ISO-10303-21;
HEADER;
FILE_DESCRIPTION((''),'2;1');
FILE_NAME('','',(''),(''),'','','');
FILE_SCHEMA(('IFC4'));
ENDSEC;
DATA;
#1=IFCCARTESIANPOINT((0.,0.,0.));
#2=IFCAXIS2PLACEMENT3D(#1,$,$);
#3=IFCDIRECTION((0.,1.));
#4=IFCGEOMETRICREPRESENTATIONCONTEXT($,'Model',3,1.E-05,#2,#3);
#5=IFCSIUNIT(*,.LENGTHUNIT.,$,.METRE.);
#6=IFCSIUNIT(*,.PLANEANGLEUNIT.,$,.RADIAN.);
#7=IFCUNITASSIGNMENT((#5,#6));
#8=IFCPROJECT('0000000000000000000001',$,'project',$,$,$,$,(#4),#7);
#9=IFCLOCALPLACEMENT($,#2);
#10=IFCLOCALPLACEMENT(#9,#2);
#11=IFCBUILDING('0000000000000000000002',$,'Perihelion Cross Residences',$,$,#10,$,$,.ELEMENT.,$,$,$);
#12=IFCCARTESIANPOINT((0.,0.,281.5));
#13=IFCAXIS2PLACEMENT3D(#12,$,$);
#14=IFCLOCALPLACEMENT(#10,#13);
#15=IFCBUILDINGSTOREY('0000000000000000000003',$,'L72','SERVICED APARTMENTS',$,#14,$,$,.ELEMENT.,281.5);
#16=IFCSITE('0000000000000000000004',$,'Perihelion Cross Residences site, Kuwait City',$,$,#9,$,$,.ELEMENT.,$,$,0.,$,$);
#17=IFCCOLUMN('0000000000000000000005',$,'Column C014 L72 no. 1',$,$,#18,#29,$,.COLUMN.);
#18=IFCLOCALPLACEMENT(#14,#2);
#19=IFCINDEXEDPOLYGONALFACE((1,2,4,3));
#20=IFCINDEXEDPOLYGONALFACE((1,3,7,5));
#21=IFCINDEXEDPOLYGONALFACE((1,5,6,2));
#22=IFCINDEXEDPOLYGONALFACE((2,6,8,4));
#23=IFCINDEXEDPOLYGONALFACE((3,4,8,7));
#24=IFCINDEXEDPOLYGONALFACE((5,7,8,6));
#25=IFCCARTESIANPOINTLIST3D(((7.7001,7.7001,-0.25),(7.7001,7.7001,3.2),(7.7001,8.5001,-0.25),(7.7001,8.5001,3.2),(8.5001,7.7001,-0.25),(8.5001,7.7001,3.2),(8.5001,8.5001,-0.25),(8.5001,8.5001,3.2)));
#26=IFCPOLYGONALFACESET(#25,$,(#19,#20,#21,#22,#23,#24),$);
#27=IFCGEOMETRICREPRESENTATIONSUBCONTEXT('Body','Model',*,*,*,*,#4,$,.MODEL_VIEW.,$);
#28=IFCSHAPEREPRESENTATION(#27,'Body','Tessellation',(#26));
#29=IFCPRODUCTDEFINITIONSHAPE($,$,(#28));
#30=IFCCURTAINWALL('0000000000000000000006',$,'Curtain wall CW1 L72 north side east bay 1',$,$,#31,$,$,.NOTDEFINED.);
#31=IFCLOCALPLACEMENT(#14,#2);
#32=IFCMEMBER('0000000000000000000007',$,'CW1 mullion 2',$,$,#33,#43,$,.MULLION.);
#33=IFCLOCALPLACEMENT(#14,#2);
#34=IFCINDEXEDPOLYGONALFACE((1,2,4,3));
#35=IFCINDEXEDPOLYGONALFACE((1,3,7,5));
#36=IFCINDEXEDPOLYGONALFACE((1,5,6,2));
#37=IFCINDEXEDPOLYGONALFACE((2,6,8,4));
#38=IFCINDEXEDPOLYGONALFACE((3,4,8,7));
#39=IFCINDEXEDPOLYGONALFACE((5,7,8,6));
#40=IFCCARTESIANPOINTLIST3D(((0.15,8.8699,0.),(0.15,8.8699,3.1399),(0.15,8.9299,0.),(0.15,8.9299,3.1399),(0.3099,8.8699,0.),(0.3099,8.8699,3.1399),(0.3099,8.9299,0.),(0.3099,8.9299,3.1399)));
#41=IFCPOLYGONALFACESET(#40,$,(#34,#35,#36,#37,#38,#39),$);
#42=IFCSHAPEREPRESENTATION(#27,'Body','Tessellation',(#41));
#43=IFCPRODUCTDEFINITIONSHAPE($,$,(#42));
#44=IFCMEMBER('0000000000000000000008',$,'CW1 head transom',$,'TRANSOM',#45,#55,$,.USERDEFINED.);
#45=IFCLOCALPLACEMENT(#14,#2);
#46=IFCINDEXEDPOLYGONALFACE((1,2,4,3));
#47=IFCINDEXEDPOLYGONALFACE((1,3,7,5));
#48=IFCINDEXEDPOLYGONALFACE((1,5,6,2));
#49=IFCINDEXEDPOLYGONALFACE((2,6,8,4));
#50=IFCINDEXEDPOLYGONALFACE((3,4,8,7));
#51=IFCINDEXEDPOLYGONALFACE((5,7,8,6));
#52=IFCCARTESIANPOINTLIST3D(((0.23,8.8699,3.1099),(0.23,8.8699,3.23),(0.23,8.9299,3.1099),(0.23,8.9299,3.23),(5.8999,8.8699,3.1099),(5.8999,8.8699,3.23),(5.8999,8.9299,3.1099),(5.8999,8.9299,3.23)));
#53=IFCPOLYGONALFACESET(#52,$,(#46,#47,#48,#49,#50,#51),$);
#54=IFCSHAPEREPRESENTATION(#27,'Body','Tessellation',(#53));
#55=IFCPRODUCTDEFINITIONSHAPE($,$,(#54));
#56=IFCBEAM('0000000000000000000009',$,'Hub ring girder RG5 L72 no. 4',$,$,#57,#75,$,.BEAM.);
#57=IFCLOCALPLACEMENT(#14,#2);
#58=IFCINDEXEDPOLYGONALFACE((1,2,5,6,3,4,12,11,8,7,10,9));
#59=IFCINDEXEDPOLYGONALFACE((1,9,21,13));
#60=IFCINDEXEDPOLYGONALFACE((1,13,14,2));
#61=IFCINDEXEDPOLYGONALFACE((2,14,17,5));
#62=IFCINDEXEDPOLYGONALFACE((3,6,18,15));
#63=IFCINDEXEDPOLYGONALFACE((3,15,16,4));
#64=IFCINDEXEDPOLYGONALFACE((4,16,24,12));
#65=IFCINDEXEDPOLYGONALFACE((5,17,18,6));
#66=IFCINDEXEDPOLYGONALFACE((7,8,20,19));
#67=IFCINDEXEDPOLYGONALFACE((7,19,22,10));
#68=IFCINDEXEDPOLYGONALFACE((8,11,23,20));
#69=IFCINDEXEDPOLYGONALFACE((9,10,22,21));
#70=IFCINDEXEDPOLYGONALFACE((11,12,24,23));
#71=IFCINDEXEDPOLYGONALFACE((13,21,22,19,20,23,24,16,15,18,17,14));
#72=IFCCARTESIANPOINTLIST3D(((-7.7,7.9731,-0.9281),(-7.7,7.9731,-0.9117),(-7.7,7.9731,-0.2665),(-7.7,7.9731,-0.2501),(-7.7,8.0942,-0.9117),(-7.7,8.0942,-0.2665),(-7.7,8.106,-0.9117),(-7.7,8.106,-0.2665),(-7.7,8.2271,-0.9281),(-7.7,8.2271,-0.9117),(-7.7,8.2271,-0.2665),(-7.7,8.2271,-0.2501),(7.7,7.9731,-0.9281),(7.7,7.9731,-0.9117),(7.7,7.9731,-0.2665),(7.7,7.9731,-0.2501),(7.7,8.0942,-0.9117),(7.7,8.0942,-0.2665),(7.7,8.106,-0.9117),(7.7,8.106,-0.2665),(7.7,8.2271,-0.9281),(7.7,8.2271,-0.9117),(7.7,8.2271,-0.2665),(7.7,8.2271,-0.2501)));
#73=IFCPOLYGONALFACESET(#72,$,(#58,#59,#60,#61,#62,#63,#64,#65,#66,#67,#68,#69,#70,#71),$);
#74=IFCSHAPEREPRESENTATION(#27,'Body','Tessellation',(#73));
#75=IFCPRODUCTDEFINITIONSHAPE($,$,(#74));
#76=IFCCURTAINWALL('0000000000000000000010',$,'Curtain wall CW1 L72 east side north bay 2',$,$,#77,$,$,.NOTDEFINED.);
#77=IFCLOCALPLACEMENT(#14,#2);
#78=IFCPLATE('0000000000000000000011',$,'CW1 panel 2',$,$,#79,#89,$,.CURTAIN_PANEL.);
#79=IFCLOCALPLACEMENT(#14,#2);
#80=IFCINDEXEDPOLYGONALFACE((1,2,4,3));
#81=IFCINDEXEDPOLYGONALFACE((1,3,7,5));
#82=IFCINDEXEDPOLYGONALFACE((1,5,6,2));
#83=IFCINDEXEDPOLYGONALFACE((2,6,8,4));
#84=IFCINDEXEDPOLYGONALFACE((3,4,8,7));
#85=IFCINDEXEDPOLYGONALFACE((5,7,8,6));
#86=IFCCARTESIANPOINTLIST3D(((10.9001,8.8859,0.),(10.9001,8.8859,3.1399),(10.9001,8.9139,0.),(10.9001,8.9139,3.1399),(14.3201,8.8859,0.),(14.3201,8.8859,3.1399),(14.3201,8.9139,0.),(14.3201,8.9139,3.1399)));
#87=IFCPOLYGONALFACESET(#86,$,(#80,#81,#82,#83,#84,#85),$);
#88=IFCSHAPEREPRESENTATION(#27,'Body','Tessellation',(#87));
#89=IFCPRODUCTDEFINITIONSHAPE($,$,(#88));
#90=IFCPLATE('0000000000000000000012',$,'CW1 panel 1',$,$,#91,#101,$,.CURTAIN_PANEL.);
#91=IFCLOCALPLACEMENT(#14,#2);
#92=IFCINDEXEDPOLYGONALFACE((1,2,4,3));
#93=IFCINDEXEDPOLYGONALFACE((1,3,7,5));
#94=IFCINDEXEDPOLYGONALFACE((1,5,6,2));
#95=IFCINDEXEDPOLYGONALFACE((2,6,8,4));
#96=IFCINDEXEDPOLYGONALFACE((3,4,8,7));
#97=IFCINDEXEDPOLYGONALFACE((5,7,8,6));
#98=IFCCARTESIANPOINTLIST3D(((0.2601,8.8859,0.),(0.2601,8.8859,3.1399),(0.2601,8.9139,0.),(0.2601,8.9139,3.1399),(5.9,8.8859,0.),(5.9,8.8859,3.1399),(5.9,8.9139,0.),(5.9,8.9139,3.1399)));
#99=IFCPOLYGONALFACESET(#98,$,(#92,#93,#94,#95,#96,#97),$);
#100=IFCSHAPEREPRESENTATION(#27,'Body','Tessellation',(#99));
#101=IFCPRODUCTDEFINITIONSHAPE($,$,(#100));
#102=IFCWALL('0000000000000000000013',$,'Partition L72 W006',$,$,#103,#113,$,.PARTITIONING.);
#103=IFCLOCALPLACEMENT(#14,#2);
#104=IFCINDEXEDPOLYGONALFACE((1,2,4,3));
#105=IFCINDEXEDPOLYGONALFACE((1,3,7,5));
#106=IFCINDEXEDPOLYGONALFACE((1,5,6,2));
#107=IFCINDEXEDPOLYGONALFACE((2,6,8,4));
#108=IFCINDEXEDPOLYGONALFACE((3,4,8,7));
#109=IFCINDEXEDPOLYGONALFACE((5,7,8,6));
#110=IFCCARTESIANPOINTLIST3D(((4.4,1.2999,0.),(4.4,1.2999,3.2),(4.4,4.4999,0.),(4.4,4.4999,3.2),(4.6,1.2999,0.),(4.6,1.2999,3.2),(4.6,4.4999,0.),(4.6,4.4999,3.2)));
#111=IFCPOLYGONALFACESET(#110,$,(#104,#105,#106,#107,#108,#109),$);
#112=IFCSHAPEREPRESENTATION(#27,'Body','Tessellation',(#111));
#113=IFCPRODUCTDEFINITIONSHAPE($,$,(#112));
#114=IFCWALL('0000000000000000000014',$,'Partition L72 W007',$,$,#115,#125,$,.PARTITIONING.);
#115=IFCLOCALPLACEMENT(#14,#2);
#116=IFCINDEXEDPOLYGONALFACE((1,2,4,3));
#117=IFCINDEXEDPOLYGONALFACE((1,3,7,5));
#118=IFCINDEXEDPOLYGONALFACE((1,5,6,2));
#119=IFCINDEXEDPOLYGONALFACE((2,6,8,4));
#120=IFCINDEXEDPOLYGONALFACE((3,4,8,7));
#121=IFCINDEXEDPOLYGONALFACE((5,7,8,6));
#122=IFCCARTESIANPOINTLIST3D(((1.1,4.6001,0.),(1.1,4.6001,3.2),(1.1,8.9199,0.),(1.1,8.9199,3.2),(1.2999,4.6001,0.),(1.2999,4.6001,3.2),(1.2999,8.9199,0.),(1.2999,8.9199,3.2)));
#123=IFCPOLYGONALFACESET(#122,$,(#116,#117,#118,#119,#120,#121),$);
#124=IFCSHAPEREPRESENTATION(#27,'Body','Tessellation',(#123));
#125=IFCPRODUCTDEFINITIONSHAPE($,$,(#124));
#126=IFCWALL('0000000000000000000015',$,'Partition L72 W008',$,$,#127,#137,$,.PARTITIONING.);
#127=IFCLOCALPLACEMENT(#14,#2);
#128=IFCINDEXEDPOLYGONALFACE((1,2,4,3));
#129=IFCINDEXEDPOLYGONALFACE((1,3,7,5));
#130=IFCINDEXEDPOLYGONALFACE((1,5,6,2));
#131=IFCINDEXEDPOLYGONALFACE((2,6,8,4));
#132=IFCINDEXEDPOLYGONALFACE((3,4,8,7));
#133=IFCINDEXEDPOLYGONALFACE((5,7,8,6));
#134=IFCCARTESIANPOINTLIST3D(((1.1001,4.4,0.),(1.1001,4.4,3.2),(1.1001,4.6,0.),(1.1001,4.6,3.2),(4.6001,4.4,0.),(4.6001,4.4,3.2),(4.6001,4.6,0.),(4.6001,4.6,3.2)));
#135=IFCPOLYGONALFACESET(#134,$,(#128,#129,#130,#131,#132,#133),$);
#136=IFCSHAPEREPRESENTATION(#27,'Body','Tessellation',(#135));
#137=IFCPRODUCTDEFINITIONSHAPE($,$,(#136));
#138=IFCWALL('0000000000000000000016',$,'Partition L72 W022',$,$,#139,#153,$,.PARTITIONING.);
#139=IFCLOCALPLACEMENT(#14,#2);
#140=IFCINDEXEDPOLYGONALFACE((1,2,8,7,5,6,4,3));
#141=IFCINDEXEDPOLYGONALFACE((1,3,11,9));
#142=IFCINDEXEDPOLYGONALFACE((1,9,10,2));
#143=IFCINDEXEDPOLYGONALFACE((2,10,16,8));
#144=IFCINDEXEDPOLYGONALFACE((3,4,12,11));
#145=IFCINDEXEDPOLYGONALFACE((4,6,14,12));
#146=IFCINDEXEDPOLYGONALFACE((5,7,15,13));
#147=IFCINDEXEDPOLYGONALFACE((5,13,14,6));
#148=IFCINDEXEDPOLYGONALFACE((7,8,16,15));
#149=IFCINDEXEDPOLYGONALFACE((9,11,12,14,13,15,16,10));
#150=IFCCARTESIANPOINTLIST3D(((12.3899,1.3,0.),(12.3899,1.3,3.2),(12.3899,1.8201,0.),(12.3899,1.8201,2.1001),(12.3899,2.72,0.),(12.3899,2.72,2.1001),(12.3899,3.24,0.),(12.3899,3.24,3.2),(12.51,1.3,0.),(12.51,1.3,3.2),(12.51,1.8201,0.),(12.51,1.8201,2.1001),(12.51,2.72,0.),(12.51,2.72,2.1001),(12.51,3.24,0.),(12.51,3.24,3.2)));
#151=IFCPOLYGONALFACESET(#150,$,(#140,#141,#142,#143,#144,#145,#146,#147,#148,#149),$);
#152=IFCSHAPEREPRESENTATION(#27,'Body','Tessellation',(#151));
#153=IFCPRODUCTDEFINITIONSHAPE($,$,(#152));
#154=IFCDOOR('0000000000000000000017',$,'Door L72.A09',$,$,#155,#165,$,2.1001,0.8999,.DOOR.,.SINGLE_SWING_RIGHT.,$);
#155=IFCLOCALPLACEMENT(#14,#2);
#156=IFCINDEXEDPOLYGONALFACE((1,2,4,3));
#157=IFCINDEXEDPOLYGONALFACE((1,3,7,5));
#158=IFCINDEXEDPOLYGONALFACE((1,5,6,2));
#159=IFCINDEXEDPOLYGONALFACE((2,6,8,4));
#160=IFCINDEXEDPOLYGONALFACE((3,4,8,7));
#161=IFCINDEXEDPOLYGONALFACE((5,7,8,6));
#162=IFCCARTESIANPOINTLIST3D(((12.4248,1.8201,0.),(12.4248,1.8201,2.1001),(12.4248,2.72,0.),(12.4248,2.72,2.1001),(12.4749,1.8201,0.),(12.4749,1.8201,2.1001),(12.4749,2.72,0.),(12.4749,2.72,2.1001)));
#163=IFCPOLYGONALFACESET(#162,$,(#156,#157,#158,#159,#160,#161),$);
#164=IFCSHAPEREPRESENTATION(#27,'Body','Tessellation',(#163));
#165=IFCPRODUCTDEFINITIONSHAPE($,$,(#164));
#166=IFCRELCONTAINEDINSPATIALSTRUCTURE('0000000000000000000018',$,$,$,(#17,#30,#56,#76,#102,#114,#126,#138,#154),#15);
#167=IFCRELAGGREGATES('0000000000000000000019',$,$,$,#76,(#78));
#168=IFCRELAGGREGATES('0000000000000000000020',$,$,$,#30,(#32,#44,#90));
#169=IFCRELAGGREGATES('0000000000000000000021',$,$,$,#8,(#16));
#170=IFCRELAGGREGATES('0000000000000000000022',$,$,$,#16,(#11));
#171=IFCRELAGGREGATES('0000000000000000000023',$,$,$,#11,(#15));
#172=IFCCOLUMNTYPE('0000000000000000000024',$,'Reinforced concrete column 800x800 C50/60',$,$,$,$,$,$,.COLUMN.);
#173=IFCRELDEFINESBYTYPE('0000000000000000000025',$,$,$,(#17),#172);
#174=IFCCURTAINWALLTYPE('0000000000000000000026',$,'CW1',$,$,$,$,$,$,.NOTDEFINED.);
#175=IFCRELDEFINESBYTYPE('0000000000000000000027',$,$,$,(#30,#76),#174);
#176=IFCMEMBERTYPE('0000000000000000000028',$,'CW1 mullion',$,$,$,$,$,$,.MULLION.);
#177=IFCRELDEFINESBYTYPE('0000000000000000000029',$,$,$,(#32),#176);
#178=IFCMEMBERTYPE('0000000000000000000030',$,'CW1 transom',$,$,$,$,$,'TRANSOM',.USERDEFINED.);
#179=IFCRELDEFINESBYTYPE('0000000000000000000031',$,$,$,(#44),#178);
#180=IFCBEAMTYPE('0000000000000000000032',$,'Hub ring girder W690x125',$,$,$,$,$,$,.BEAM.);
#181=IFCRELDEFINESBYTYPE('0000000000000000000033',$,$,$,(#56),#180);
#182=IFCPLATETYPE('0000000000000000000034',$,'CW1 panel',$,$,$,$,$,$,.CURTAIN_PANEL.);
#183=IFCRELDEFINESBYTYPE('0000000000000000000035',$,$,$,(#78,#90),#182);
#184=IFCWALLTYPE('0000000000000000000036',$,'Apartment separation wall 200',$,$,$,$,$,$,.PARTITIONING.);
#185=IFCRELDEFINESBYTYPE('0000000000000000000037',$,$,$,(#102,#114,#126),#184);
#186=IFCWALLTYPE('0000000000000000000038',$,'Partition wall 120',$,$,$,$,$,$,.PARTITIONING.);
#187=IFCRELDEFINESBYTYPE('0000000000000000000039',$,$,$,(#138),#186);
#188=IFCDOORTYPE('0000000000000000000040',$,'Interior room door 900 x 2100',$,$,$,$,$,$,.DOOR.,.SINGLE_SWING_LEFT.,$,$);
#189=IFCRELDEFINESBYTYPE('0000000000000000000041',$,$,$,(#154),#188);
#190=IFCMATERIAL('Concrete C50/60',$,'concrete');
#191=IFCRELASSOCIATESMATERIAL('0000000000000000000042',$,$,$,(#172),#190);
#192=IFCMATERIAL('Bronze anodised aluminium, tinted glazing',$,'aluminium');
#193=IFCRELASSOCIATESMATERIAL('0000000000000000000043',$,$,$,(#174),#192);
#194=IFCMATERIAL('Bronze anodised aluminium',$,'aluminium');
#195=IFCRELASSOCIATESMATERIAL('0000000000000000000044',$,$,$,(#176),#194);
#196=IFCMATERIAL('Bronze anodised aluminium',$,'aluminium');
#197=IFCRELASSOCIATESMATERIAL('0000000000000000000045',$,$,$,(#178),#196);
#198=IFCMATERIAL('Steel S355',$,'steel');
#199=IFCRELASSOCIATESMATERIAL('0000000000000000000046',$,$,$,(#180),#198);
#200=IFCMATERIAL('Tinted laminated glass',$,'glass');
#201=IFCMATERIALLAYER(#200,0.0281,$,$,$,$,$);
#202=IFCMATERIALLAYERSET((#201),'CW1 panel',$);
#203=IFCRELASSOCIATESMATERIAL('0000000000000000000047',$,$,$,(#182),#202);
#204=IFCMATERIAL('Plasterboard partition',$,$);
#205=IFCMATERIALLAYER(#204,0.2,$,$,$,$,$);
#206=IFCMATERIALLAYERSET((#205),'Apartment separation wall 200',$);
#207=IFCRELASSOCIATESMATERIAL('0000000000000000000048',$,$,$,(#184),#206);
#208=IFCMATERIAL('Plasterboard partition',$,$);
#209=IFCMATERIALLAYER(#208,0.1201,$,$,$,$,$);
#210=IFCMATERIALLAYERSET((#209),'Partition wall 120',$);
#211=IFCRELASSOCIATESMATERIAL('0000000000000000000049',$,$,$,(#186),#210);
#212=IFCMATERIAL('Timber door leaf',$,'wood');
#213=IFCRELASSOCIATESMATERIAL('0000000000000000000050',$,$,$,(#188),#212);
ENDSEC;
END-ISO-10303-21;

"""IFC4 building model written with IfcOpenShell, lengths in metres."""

from ifc_helpers import new_model, si_unit, direction, frame, frame_2d, origin, origin_2d, place, context, subcontext, project, spatial, rectangle, i_section, extrude, material, layer, layer_set, material_profile, profile_set, type_object, element, fill, aggregate, save


model = new_model("IFC4")

# Units and contexts
model_context = context("Model", 3, precision=1e-05, world=origin(), true_north=direction((0.0, 1.0)))
body_context = subcontext(model_context, "Body", "Model", "MODEL_VIEW")
ifc_project = project(units=[si_unit("LENGTHUNIT", "METRE"), si_unit("PLANEANGLEUNIT", "RADIAN")], contexts=[model_context])

# Site, building, storey
site_placement = place(None, origin())
site = spatial("IfcSite", under=ifc_project, at=site_placement, Name="Perihelion Cross Residences site, Kuwait City", CompositionType="ELEMENT", RefElevation=0.0)
building_placement = place(site_placement, origin())
building = spatial("IfcBuilding", under=site, at=building_placement, Name="Perihelion Cross Residences", CompositionType="ELEMENT")
storey_placement = place(building_placement, frame((0.0, 0.0, 281.5)))
storey = spatial("IfcBuildingStorey", under=building, at=storey_placement, Name="L72", Description="SERVICED APARTMENTS", CompositionType="ELEMENT", Elevation=281.5)

# Column
ifc_material_1 = material(Name="Concrete C50/60", Category="concrete")
ifc_material_profile_1 = material_profile(ifc_material_1, rectangle(XDim=0.8, YDim=0.8, at=origin_2d()), Name="RC 800x800")
ifc_profile_set_1 = profile_set([ifc_material_profile_1], Name="Concrete C50/60")
column_type = type_object("IfcColumnType", Name="Reinforced concrete column 800x800 C50/60", PredefinedType="COLUMN", material=ifc_profile_set_1)
column_placement = place(storey_placement, frame((8.1001, 8.1001, -0.25), z_axis=(0.0, 0.0, 1.0), x_axis=(1.0, 0.0, 0.0)))
element("IfcColumn", 1, at=column_placement, inside=storey, type_object=column_type, Name="Column C014 L72 no. 1", PredefinedType="COLUMN", context=body_context, shape_type="SweptSolid", body=[
    extrude(rectangle(XDim=0.8, YDim=0.8, at=origin_2d()), origin(), (0.0, 0.0, 1.0), 3.45),
])

# Curtain wall, members
ifc_material_2 = material(Name="Bronze anodised aluminium, tinted glazing", Category="aluminium")
curtain_wall_type = type_object("IfcCurtainWallType", Name="CW1", PredefinedType="NOTDEFINED", material=ifc_material_2)
curtain_wall_1_placement = place(storey_placement, origin())
curtain_wall_1 = element("IfcCurtainWall", 2, at=curtain_wall_1_placement, inside=storey, type_object=curtain_wall_type, Name="Curtain wall CW1 L72 north side east bay 1", PredefinedType="NOTDEFINED")
ifc_material_3 = material(Name="Bronze anodised aluminium", Category="aluminium")
ifc_material_profile_2 = material_profile(ifc_material_3, rectangle(XDim=0.0601, YDim=0.1599, at=origin_2d()), Name="CW1 mullion")
ifc_profile_set_2 = profile_set([ifc_material_profile_2], Name="Bronze anodised aluminium")
member_type_1 = type_object("IfcMemberType", Name="CW1 mullion", PredefinedType="MULLION", material=ifc_profile_set_2)
member_1_placement = place(storey_placement, frame((0.23, 8.8999, 0.0), z_axis=(0.0, 0.0, 1.0), x_axis=(0.0, -1.0, 0.0)))
member_1 = element("IfcMember", 3, at=member_1_placement, type_object=member_type_1, Name="CW1 mullion 2", PredefinedType="MULLION", context=body_context, shape_type="SweptSolid", body=[
    extrude(rectangle(XDim=0.0601, YDim=0.1599, at=origin_2d()), origin(), (0.0, 0.0, 1.0), 3.1399),
])
ifc_material_4 = material(Name="Bronze anodised aluminium", Category="aluminium")
ifc_material_profile_3 = material_profile(ifc_material_4, rectangle(XDim=0.0601, YDim=0.1201, at=origin_2d()), Name="CW1 transom")
ifc_profile_set_3 = profile_set([ifc_material_profile_3], Name="Bronze anodised aluminium")
member_type_2 = type_object("IfcMemberType", Name="CW1 transom", ElementType="TRANSOM", PredefinedType="USERDEFINED", material=ifc_profile_set_3)
member_2_placement = place(storey_placement, frame((5.8999, 8.8999, 3.1699), z_axis=(-1.0, 0.0, 0.0), x_axis=(0.0, -1.0, 0.0)))
member_2 = element("IfcMember", 4, at=member_2_placement, type_object=member_type_2, Name="CW1 head transom", ObjectType="TRANSOM", PredefinedType="USERDEFINED", context=body_context, shape_type="SweptSolid", body=[
    extrude(rectangle(XDim=0.0601, YDim=0.1201, at=origin_2d()), origin(), (0.0, 0.0, 1.0), 5.6699),
])

# Beam
ifc_material_5 = material(Name="Steel S355", Category="steel")
ifc_material_profile_4 = material_profile(ifc_material_5, i_section(OverallWidth=0.2539, OverallDepth=0.678, WebThickness=0.0117, FlangeThickness=0.0164, at=origin_2d()), Name="W690x125")
ifc_profile_set_4 = profile_set([ifc_material_profile_4], Name="Steel S355")
beam_type = type_object("IfcBeamType", Name="Hub ring girder W690x125", PredefinedType="BEAM", material=ifc_profile_set_4)
beam_placement = place(storey_placement, frame((7.7, 8.1001, -0.5891), z_axis=(-1.0, 0.0, 0.0), x_axis=(0.0, -1.0, 0.0)))
element("IfcBeam", 5, at=beam_placement, inside=storey, type_object=beam_type, Name="Hub ring girder RG5 L72 no. 4", PredefinedType="BEAM", context=body_context, shape_type="SweptSolid", body=[
    extrude(i_section(OverallWidth=0.2539, OverallDepth=0.678, WebThickness=0.0117, FlangeThickness=0.0164, at=origin_2d()), origin(), (0.0, 0.0, 1.0), 15.3999),
])

# Curtain wall, plate
curtain_wall_2_placement = place(storey_placement, origin())
curtain_wall_2 = element("IfcCurtainWall", 6, at=curtain_wall_2_placement, inside=storey, type_object=curtain_wall_type, Name="Curtain wall CW1 L72 east side north bay 2", PredefinedType="NOTDEFINED")
ifc_material_6 = material(Name="Tinted laminated glass", Category="glass")
ifc_layer_1 = layer(ifc_material_6, 0.0281)
ifc_layer_set_1 = layer_set([ifc_layer_1], Name="CW1 panel")
plate_type = type_object("IfcPlateType", Name="CW1 panel", PredefinedType="CURTAIN_PANEL", material=ifc_layer_set_1)
plate_1_placement = place(storey_placement, frame((12.6101, 8.8999, 0.0), z_axis=(0.0, 0.0, 1.0), x_axis=(-1.0, 0.0, 0.0)))
plate_1 = element("IfcPlate", 7, at=plate_1_placement, type_object=plate_type, Name="CW1 panel 2", PredefinedType="CURTAIN_PANEL", context=body_context, shape_type="SweptSolid", body=[
    extrude(rectangle(XDim=3.4199, YDim=0.0281, at=origin_2d()), origin(), (0.0, 0.0, 1.0), 3.1399),
])
aggregate(curtain_wall_2, [plate_1])

# Plate
plate_2_placement = place(storey_placement, frame((3.0801, 8.8999, 0.0), z_axis=(0.0, 0.0, 1.0), x_axis=(-1.0, 0.0, 0.0)))
plate_2 = element("IfcPlate", 8, at=plate_2_placement, type_object=plate_type, Name="CW1 panel 1", PredefinedType="CURTAIN_PANEL", context=body_context, shape_type="SweptSolid", body=[
    extrude(rectangle(XDim=5.6399, YDim=0.0281, at=origin_2d()), origin(), (0.0, 0.0, 1.0), 3.1399),
])
aggregate(curtain_wall_1, [member_1, member_2, plate_2])

# Walls
ifc_material_7 = material(Name="Plasterboard partition")
ifc_layer_2 = layer(ifc_material_7, 0.2)
ifc_layer_set_2 = layer_set([ifc_layer_2], Name="Apartment separation wall 200")
wall_type_1 = type_object("IfcWallType", Name="Apartment separation wall 200", PredefinedType="PARTITIONING", material=ifc_layer_set_2)
wall_1_placement = place(storey_placement, frame((4.5, 4.5, 0.0), z_axis=(0.0, 0.0, 1.0), x_axis=(0.0, -1.0, 0.0)))
element("IfcWall", 9, at=wall_1_placement, inside=storey, type_object=wall_type_1, Name="Partition L72 W006", PredefinedType="PARTITIONING", context=body_context, shape_type="SweptSolid", body=[
    extrude(rectangle(XDim=3.2, YDim=0.2, at=frame_2d((1.6001, 0.0))), origin(), (0.0, 0.0, 1.0), 3.2),
])
wall_2_placement = place(storey_placement, frame((1.2, 8.9199, 0.0), z_axis=(0.0, 0.0, 1.0), x_axis=(0.0, -1.0, 0.0)))
element("IfcWall", 10, at=wall_2_placement, inside=storey, type_object=wall_type_1, Name="Partition L72 W007", PredefinedType="PARTITIONING", context=body_context, shape_type="SweptSolid", body=[
    extrude(rectangle(XDim=4.3198, YDim=0.2, at=frame_2d((2.1599, 0.0))), origin(), (0.0, 0.0, 1.0), 3.2),
])
wall_3_placement = place(storey_placement, frame((1.1001, 4.5, 0.0), z_axis=(0.0, 0.0, 1.0), x_axis=(1.0, 0.0, 0.0)))
element("IfcWall", 11, at=wall_3_placement, inside=storey, type_object=wall_type_1, Name="Partition L72 W008", PredefinedType="PARTITIONING", context=body_context, shape_type="SweptSolid", body=[
    extrude(rectangle(XDim=3.5, YDim=0.2, at=frame_2d((1.75, 0.0))), origin(), (0.0, 0.0, 1.0), 3.2),
])

# Wall, opening, door
ifc_material_8 = material(Name="Plasterboard partition")
ifc_layer_3 = layer(ifc_material_8, 0.1201)
ifc_layer_set_3 = layer_set([ifc_layer_3], Name="Partition wall 120")
wall_type_2 = type_object("IfcWallType", Name="Partition wall 120", PredefinedType="PARTITIONING", material=ifc_layer_set_3)
wall_4_placement = place(storey_placement, frame((12.45, 3.24, 0.0), z_axis=(0.0, 0.0, 1.0), x_axis=(0.0, -1.0, 0.0)))
wall_4 = element("IfcWall", 12, at=wall_4_placement, inside=storey, type_object=wall_type_2, Name="Partition L72 W022", PredefinedType="PARTITIONING", context=body_context, shape_type="SweptSolid", body=[
    extrude(rectangle(XDim=1.9399, YDim=0.1201, at=frame_2d((0.97, 0.0))), origin(), (0.0, 0.0, 1.0), 3.2),
])
opening_1_placement = place(wall_4_placement, frame((0.52, 0.0, 0.0)))
opening_1 = element("IfcOpeningElement", 13, at=opening_1_placement, cuts=wall_4, PredefinedType="OPENING", context=body_context, shape_type="SweptSolid", body=[
    extrude(rectangle(XDim=0.8999, YDim=2.1001, at=frame_2d((0.45, 1.05))), frame((0.0, 0.0701, 0.0), z_axis=(0.0, -1.0, 0.0), x_axis=(1.0, 0.0, 0.0)), (0.0, 0.0, 1.0), 0.1401),
])
ifc_material_9 = material(Name="Timber door leaf", Category="wood")
door_type_1 = type_object("IfcDoorType", Name="Interior room door 900 x 2100", OperationType="SINGLE_SWING_LEFT", PredefinedType="DOOR", material=ifc_material_9)
door_1_placement = place(opening_1_placement, origin())
door_1 = element("IfcDoor", 14, at=door_1_placement, inside=storey, type_object=door_type_1, Name="Door L72.A09", OperationType="SINGLE_SWING_RIGHT", OverallHeight=2.1001, OverallWidth=0.8999, PredefinedType="DOOR", context=body_context, shape_type="SweptSolid", body=[
    extrude(rectangle(XDim=0.8999, YDim=2.1001, at=frame_2d((0.45, 1.05))), frame((0.0, 0.0249, 0.0), z_axis=(0.0, -1.0, 0.0), x_axis=(1.0, 0.0, 0.0)), (0.0, 0.0, 1.0), 0.05),
])
fill(opening_1, door_1)

save(model, "model.ifc")
